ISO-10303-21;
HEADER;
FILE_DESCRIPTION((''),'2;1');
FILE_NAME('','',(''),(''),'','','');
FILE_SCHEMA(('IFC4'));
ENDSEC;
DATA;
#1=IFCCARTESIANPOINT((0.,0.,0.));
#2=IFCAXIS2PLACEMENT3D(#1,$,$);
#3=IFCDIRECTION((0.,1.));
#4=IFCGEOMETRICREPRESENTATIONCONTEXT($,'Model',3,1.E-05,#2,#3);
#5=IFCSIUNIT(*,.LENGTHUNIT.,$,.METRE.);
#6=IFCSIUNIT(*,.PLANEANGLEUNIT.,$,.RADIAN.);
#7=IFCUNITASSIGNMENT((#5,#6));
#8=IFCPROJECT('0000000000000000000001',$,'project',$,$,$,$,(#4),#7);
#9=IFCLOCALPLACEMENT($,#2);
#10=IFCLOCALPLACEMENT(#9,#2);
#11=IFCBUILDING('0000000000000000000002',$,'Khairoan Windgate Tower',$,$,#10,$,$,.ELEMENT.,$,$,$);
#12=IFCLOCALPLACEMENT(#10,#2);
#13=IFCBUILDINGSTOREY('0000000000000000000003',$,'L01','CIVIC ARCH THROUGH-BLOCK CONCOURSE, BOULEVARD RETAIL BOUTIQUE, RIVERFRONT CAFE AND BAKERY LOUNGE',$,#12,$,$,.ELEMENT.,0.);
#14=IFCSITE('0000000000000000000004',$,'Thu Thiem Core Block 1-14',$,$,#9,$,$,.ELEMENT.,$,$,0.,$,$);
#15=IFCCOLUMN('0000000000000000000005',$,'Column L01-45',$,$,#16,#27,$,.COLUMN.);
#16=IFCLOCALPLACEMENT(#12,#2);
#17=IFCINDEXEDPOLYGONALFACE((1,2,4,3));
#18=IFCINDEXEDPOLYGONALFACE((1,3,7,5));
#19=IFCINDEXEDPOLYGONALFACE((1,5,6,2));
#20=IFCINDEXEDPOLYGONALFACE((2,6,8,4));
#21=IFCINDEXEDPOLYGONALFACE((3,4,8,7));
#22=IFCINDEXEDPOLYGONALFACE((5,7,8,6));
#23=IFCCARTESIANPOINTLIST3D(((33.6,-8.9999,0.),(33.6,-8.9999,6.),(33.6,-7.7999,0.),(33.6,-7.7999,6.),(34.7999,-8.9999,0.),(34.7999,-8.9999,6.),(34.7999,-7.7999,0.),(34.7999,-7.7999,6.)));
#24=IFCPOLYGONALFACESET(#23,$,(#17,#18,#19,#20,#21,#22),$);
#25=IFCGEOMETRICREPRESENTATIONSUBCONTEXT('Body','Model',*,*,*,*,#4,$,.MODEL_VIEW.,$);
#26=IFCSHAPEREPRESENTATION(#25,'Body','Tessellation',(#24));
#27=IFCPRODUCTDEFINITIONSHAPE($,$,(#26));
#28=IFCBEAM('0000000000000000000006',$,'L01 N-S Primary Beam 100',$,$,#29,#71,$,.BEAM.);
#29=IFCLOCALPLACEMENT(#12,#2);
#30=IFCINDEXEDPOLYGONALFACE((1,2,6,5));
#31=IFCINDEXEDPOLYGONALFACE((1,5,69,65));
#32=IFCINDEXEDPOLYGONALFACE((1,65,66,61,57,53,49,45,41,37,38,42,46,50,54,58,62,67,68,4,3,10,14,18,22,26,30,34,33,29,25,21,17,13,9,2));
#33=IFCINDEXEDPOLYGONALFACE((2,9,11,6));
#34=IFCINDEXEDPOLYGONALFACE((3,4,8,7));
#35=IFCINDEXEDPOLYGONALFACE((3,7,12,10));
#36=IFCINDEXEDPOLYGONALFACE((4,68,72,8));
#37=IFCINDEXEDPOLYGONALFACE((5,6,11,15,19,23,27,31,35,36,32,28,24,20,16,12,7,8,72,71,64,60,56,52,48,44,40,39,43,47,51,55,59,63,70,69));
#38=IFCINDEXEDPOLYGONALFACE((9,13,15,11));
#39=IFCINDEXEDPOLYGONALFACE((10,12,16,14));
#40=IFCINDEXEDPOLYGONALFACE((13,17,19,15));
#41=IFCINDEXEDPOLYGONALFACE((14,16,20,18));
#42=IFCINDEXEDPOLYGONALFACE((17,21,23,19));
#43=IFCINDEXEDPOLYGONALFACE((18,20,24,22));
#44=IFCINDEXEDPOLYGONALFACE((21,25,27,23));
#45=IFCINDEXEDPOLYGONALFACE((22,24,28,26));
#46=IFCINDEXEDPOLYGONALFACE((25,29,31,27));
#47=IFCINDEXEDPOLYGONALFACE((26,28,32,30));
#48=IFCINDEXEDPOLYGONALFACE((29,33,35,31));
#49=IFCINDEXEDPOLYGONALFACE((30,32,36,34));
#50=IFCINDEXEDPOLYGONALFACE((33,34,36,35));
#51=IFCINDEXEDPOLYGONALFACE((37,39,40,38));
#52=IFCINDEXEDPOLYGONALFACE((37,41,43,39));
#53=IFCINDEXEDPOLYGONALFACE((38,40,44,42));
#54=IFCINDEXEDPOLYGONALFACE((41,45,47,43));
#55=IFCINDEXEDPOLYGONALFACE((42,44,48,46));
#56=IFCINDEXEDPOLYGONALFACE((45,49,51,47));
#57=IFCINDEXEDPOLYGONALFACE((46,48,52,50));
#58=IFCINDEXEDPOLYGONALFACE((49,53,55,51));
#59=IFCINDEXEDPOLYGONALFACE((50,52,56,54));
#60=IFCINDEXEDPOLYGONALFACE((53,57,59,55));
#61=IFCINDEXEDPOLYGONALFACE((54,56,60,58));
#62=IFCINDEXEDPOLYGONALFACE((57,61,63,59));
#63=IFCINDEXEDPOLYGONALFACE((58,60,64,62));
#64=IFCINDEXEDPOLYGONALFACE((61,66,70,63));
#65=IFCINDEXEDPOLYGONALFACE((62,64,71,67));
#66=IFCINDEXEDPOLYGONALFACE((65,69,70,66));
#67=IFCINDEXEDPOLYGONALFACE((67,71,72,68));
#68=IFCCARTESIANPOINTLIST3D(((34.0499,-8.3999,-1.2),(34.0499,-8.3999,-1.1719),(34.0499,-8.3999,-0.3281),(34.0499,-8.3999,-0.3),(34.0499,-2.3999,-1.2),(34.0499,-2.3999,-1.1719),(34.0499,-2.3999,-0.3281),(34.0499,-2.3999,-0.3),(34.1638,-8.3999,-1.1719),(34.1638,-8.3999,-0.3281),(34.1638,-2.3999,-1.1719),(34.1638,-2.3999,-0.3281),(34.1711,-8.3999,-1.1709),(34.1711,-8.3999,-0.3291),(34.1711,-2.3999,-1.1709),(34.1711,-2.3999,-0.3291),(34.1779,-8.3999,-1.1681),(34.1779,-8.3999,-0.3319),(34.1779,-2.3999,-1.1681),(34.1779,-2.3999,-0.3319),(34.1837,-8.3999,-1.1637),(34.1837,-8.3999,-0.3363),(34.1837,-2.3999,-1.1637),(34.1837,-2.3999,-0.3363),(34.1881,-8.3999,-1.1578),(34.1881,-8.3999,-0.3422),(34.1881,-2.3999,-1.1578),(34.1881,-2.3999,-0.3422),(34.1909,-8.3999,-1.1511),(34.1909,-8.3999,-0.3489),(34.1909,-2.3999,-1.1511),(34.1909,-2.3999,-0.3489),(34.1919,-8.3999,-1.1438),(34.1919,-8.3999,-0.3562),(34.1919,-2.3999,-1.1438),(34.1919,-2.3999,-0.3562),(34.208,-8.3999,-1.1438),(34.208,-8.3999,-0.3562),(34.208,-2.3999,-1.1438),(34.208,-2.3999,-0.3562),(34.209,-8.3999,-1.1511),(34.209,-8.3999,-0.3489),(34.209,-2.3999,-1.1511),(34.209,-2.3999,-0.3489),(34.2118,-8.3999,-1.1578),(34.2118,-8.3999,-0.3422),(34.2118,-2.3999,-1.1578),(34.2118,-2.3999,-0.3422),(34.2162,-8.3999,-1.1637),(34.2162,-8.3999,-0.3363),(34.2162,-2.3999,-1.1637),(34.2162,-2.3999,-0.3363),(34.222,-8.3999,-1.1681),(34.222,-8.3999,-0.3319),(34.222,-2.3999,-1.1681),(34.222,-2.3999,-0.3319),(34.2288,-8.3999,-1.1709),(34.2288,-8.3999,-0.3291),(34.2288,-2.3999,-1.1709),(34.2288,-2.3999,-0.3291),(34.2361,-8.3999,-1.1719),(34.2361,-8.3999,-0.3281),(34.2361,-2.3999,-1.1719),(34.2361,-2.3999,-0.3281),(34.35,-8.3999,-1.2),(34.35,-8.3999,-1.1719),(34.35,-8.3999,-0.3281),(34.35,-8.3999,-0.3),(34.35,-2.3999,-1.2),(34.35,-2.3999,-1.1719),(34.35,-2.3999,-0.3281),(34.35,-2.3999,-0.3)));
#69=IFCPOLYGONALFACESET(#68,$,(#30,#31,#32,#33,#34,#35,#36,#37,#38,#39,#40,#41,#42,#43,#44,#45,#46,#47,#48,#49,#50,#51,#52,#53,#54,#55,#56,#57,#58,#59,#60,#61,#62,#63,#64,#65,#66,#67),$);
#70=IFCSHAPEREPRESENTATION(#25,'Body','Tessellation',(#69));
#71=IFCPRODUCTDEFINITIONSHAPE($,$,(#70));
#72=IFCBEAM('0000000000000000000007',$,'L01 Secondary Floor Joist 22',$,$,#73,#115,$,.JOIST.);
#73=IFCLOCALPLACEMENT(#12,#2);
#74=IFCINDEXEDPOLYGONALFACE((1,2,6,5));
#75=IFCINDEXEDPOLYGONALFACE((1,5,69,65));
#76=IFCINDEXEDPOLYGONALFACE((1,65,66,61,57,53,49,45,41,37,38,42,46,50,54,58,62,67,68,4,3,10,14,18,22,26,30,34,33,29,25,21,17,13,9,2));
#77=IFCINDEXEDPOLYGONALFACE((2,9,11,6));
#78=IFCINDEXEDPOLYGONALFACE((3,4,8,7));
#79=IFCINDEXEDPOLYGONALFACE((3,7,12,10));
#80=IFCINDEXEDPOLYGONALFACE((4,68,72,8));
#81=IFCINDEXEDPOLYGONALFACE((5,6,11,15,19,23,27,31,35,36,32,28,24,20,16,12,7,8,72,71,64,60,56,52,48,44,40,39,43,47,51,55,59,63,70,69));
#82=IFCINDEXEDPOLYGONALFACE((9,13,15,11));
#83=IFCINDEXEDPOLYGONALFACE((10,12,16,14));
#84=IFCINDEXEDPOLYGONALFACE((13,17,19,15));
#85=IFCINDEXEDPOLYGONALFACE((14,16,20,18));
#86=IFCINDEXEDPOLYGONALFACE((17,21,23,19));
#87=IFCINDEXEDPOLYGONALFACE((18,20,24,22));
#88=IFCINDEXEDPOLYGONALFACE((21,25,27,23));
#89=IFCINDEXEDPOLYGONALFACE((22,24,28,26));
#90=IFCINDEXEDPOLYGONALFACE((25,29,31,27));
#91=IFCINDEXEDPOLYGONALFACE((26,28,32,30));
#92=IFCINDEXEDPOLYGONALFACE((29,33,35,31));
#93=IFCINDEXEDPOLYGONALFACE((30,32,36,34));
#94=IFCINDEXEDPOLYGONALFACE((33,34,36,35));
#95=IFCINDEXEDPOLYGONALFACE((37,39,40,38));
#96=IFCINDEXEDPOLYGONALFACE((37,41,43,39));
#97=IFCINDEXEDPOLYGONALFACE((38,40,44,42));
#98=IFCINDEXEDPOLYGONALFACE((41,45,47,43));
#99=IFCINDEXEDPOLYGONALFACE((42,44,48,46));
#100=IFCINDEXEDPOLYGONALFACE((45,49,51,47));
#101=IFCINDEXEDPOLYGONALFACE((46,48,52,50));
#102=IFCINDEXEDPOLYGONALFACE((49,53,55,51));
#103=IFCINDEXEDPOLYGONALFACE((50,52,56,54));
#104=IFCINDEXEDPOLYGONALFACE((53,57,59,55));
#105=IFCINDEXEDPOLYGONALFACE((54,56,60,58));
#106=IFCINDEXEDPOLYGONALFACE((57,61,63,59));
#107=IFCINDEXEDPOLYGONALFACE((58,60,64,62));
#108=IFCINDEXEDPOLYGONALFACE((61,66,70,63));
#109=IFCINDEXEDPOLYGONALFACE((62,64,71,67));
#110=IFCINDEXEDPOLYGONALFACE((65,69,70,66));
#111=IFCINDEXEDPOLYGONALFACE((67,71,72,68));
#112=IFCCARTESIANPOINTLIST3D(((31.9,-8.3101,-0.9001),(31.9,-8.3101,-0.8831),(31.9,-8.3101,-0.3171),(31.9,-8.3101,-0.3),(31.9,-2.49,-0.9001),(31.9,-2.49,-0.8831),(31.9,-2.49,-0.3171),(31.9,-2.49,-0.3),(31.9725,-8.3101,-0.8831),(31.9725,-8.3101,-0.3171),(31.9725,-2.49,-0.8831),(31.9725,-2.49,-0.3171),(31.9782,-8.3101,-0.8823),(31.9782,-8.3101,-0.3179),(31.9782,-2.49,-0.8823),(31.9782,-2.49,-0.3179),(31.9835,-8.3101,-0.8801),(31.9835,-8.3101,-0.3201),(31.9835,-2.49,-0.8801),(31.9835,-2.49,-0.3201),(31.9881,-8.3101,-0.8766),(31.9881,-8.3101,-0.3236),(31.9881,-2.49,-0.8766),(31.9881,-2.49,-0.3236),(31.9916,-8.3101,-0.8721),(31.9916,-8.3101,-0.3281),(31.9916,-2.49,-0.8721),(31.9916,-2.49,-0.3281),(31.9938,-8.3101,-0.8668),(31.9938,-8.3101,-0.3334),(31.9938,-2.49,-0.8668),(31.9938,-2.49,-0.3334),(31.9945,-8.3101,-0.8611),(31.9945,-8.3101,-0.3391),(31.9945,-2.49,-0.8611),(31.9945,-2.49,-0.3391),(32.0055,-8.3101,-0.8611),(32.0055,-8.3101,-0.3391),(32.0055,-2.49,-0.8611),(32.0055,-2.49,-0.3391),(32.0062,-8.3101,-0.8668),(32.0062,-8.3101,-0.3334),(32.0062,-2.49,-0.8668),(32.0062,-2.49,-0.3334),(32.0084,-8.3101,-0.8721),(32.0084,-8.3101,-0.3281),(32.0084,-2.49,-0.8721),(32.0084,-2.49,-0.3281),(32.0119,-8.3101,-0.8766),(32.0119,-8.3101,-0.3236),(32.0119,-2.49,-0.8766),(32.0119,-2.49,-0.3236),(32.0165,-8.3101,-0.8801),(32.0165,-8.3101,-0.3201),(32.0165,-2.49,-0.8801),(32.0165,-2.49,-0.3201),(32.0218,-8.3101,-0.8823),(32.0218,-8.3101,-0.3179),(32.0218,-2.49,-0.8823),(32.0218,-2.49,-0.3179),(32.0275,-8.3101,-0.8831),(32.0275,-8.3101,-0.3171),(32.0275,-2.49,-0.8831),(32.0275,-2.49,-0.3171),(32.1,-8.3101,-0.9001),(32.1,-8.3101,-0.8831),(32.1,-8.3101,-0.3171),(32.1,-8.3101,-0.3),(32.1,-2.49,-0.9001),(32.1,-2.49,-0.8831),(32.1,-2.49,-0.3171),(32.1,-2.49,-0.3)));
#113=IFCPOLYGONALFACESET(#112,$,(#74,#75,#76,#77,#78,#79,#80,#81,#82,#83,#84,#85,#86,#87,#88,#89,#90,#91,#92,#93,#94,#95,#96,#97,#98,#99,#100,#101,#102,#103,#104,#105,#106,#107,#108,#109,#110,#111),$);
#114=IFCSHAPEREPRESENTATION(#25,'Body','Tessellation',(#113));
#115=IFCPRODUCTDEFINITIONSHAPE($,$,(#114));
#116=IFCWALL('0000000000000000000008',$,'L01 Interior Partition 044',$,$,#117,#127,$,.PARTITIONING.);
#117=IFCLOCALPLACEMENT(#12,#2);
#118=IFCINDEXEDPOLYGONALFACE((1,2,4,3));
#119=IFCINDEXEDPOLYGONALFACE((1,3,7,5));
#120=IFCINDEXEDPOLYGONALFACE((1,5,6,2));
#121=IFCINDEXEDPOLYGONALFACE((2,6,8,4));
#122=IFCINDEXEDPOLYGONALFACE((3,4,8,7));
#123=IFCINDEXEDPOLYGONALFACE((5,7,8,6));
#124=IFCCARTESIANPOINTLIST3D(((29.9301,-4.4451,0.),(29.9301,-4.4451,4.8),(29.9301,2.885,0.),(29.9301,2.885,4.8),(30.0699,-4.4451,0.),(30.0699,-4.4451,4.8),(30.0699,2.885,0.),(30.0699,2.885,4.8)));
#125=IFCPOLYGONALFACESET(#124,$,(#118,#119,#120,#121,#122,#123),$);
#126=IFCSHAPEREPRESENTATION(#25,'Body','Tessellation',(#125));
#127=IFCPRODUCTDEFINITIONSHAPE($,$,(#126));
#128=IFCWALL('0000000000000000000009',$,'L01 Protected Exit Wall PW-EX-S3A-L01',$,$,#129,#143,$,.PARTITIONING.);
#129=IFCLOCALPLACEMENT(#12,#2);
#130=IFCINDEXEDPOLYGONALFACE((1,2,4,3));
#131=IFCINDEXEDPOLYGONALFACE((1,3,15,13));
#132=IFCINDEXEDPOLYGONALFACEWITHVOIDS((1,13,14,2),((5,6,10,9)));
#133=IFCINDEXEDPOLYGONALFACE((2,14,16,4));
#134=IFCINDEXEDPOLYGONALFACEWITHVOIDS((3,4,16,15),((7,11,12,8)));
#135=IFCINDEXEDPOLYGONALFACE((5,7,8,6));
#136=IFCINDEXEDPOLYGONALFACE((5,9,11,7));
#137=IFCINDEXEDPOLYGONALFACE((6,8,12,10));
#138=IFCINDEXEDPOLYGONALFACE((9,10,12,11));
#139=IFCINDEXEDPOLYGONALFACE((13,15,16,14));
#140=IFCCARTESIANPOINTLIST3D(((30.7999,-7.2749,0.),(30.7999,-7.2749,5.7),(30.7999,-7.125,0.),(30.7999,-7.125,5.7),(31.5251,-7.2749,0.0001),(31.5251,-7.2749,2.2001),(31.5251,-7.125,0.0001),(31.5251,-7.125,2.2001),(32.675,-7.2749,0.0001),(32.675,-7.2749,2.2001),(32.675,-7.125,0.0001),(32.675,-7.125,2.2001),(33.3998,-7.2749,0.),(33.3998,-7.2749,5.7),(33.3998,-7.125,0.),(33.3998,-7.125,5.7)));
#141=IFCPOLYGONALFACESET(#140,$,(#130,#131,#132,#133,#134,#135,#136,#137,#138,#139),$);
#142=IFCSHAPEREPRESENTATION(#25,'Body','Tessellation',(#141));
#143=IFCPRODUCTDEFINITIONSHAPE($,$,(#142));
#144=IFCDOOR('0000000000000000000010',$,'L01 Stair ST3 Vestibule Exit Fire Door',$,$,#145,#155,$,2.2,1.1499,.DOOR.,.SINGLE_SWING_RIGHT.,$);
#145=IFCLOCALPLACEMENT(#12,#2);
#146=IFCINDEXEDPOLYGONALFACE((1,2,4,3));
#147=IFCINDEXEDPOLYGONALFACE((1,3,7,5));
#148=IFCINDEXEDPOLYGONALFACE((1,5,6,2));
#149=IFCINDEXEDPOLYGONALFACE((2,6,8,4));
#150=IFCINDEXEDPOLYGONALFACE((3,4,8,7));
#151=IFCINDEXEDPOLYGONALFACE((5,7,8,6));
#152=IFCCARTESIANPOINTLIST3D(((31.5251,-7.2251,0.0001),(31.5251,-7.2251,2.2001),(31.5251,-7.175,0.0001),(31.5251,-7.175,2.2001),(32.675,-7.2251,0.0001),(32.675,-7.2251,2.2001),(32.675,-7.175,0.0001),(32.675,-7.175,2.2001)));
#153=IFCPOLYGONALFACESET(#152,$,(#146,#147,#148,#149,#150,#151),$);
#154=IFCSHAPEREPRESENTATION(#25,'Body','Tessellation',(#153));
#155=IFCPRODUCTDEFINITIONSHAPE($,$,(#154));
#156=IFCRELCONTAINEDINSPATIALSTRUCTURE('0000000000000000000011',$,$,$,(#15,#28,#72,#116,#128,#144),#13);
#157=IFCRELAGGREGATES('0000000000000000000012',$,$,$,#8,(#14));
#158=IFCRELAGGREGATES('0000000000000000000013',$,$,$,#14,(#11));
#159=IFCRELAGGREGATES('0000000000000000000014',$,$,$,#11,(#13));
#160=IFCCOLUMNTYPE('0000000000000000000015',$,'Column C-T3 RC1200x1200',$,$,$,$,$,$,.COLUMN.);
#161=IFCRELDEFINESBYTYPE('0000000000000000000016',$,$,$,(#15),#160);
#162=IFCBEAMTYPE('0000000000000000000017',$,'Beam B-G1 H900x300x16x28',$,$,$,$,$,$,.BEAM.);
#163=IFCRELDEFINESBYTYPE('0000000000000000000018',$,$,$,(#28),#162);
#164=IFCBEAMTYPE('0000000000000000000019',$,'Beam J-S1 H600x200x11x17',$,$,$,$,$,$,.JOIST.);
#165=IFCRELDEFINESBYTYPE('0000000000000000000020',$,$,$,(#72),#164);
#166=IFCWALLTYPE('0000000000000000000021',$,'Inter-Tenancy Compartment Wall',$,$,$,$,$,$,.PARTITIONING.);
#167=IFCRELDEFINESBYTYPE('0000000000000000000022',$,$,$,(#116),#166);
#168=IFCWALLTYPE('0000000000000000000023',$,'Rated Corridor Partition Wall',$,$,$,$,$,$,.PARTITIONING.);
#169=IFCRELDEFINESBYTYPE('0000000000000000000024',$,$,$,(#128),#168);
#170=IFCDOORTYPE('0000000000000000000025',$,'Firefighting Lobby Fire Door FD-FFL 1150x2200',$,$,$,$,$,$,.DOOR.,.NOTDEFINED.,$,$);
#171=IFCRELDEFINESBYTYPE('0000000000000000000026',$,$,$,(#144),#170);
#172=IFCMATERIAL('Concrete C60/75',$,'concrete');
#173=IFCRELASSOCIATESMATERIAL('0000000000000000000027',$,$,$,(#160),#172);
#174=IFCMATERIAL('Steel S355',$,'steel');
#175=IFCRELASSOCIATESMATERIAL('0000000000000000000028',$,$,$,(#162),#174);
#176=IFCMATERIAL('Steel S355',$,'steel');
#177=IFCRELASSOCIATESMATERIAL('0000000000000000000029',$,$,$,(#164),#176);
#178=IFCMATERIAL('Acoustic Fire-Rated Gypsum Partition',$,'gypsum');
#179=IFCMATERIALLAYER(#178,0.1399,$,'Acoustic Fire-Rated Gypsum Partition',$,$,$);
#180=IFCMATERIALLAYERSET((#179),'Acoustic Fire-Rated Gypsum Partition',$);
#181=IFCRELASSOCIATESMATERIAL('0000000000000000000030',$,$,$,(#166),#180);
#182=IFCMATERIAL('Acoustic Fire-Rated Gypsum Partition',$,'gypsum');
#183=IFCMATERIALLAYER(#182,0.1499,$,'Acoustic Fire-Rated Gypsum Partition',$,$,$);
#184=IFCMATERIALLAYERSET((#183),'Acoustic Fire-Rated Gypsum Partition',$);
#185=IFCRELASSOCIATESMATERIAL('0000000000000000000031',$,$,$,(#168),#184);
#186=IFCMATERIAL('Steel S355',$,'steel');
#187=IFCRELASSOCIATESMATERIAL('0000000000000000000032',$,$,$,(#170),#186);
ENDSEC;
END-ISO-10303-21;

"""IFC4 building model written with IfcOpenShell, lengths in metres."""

from ifc_helpers import new_model, si_unit, direction, frame, frame_2d, origin, origin_2d, place, context, subcontext, project, spatial, rectangle, i_section, extrude, material, layer, layer_set, material_profile, profile_set, type_object, element, fill, save


model = new_model("IFC4")

# Units and contexts
model_context = context("Model", 3, precision=1e-05, world=origin(), true_north=direction((0.0, 1.0)))
body_context = subcontext(model_context, "Body", "Model", "MODEL_VIEW")
ifc_project = project(units=[si_unit("LENGTHUNIT", "METRE"), si_unit("PLANEANGLEUNIT", "RADIAN")], contexts=[model_context])

# Site, building, storey
site_placement = place(None, origin())
site = spatial("IfcSite", under=ifc_project, at=site_placement, Name="Thu Thiem Core Block 1-14", CompositionType="ELEMENT", RefElevation=0.0)
building_placement = place(site_placement, origin())
building = spatial("IfcBuilding", under=site, at=building_placement, Name="Khairoan Windgate Tower", CompositionType="ELEMENT")
storey_placement = place(building_placement, origin())
storey = spatial("IfcBuildingStorey", under=building, at=storey_placement, Name="L01", Description="CIVIC ARCH THROUGH-BLOCK CONCOURSE, BOULEVARD RETAIL BOUTIQUE, RIVERFRONT CAFE AND BAKERY LOUNGE", CompositionType="ELEMENT", Elevation=0.0)

# Column
ifc_material_1 = material(Name="Concrete C60/75", Category="concrete")
ifc_material_profile_1 = material_profile(ifc_material_1, rectangle(XDim=1.2, YDim=1.2, at=origin_2d()))
ifc_profile_set_1 = profile_set([ifc_material_profile_1], Name="Concrete C60/75")
column_type = type_object("IfcColumnType", Name="Column C-T3 RC1200x1200", PredefinedType="COLUMN", material=ifc_profile_set_1)
column_placement = place(storey_placement, frame((34.2, -8.3999, 0.0), z_axis=(0.0, 0.0, 1.0), x_axis=(1.0, 0.0, 0.0)))
element("IfcColumn", 1, at=column_placement, inside=storey, type_object=column_type, Name="Column L01-45", PredefinedType="COLUMN", context=body_context, shape_type="SweptSolid", body=[
    extrude(rectangle(XDim=1.2, YDim=1.2, at=origin_2d()), origin(), (0.0, 0.0, 1.0), 6.0),
])

# Beams
ifc_material_2 = material(Name="Steel S355", Category="steel")
ifc_material_profile_2 = material_profile(ifc_material_2, i_section(OverallWidth=0.3, OverallDepth=0.8999, WebThickness=0.0161, FlangeThickness=0.0281, FilletRadius=0.0281, at=origin_2d()))
ifc_profile_set_2 = profile_set([ifc_material_profile_2], Name="Steel S355")
beam_type_1 = type_object("IfcBeamType", Name="Beam B-G1 H900x300x16x28", PredefinedType="BEAM", material=ifc_profile_set_2)
beam_1_placement = place(storey_placement, frame((34.2, -8.3999, -0.75), z_axis=(0.0, 1.0, 0.0), x_axis=(-1.0, 0.0, 0.0)))
element("IfcBeam", 2, at=beam_1_placement, inside=storey, type_object=beam_type_1, Name="L01 N-S Primary Beam 100", PredefinedType="BEAM", context=body_context, shape_type="SweptSolid", body=[
    extrude(i_section(OverallWidth=0.3, OverallDepth=0.8999, WebThickness=0.0161, FlangeThickness=0.0281, FilletRadius=0.0281, at=origin_2d()), origin(), (0.0, 0.0, 1.0), 6.0),
])
ifc_material_3 = material(Name="Steel S355", Category="steel")
ifc_material_profile_3 = material_profile(ifc_material_3, i_section(OverallWidth=0.2, OverallDepth=0.6001, WebThickness=0.011, FlangeThickness=0.0171, FilletRadius=0.022, at=origin_2d()))
ifc_profile_set_3 = profile_set([ifc_material_profile_3], Name="Steel S355")
beam_type_2 = type_object("IfcBeamType", Name="Beam J-S1 H600x200x11x17", PredefinedType="JOIST", material=ifc_profile_set_3)
beam_2_placement = place(storey_placement, frame((32.0, -8.3101, -0.6001), z_axis=(0.0, 1.0, 0.0), x_axis=(-1.0, 0.0, 0.0)))
element("IfcBeam", 3, at=beam_2_placement, inside=storey, type_object=beam_type_2, Name="L01 Secondary Floor Joist 22", PredefinedType="JOIST", context=body_context, shape_type="SweptSolid", body=[
    extrude(i_section(OverallWidth=0.2, OverallDepth=0.6001, WebThickness=0.011, FlangeThickness=0.0171, FilletRadius=0.022, at=origin_2d()), origin(), (0.0, 0.0, 1.0), 5.8201),
])

# Wall
ifc_material_4 = material(Name="Acoustic Fire-Rated Gypsum Partition", Category="gypsum")
ifc_layer_1 = layer(ifc_material_4, 0.1399, Name="Acoustic Fire-Rated Gypsum Partition")
ifc_layer_set_1 = layer_set([ifc_layer_1], Name="Acoustic Fire-Rated Gypsum Partition")
wall_type_1 = type_object("IfcWallType", Name="Inter-Tenancy Compartment Wall", PredefinedType="PARTITIONING", material=ifc_layer_set_1)
wall_1_placement = place(storey_placement, frame((30.0, -4.4451, 0.0), z_axis=(0.0, 0.0, 1.0), x_axis=(0.0, 1.0, 0.0)))
element("IfcWall", 4, at=wall_1_placement, inside=storey, type_object=wall_type_1, Name="L01 Interior Partition 044", PredefinedType="PARTITIONING", context=body_context, shape_type="SweptSolid", body=[
    extrude(rectangle(XDim=7.3301, YDim=0.1399, at=frame_2d((3.665, 0.0))), origin(), (0.0, 0.0, 1.0), 4.8),
])

# Wall, opening, door
ifc_material_5 = material(Name="Acoustic Fire-Rated Gypsum Partition", Category="gypsum")
ifc_layer_2 = layer(ifc_material_5, 0.1499, Name="Acoustic Fire-Rated Gypsum Partition")
ifc_layer_set_2 = layer_set([ifc_layer_2], Name="Acoustic Fire-Rated Gypsum Partition")
wall_type_2 = type_object("IfcWallType", Name="Rated Corridor Partition Wall", PredefinedType="PARTITIONING", material=ifc_layer_set_2)
wall_2_placement = place(storey_placement, frame((30.8, -7.2, 0.0), z_axis=(0.0, 0.0, 1.0), x_axis=(1.0, 0.0, 0.0)))
wall_2 = element("IfcWall", 5, at=wall_2_placement, inside=storey, type_object=wall_type_2, Name="L01 Protected Exit Wall PW-EX-S3A-L01", PredefinedType="PARTITIONING", context=body_context, shape_type="SweptSolid", body=[
    extrude(rectangle(XDim=2.5999, YDim=0.1499, at=frame_2d((1.2998, 0.0))), origin(), (0.0, 0.0, 1.0), 5.7),
])
opening_1_placement = place(wall_2_placement, frame((0.7251, 0.0, 0.0)))
opening_1 = element("IfcOpeningElement", 6, at=opening_1_placement, cuts=wall_2, PredefinedType="OPENING", context=body_context, shape_type="SweptSolid", body=[
    extrude(rectangle(XDim=1.1499, YDim=2.2, at=frame_2d((0.575, 1.1001))), frame((0.0, 0.085, 0.0), z_axis=(0.0, -1.0, 0.0), x_axis=(1.0, 0.0, 0.0)), (0.0, 0.0, 1.0), 0.1699),
])
ifc_material_6 = material(Name="Steel S355", Category="steel")
door_type_1 = type_object("IfcDoorType", Name="Firefighting Lobby Fire Door FD-FFL 1150x2200", OperationType="NOTDEFINED", PredefinedType="DOOR", material=ifc_material_6)
door_1_placement = place(opening_1_placement, origin())
door_1 = element("IfcDoor", 7, at=door_1_placement, inside=storey, type_object=door_type_1, Name="L01 Stair ST3 Vestibule Exit Fire Door", OperationType="SINGLE_SWING_RIGHT", OverallHeight=2.2, OverallWidth=1.1499, PredefinedType="DOOR", context=body_context, shape_type="SweptSolid", body=[
    extrude(rectangle(XDim=1.1499, YDim=2.2, at=frame_2d((0.575, 1.1001))), frame((0.0, 0.0249, 0.0), z_axis=(0.0, -1.0, 0.0), x_axis=(1.0, 0.0, 0.0)), (0.0, 0.0, 1.0), 0.05),
])
fill(opening_1, door_1)

save(model, "model.ifc")
